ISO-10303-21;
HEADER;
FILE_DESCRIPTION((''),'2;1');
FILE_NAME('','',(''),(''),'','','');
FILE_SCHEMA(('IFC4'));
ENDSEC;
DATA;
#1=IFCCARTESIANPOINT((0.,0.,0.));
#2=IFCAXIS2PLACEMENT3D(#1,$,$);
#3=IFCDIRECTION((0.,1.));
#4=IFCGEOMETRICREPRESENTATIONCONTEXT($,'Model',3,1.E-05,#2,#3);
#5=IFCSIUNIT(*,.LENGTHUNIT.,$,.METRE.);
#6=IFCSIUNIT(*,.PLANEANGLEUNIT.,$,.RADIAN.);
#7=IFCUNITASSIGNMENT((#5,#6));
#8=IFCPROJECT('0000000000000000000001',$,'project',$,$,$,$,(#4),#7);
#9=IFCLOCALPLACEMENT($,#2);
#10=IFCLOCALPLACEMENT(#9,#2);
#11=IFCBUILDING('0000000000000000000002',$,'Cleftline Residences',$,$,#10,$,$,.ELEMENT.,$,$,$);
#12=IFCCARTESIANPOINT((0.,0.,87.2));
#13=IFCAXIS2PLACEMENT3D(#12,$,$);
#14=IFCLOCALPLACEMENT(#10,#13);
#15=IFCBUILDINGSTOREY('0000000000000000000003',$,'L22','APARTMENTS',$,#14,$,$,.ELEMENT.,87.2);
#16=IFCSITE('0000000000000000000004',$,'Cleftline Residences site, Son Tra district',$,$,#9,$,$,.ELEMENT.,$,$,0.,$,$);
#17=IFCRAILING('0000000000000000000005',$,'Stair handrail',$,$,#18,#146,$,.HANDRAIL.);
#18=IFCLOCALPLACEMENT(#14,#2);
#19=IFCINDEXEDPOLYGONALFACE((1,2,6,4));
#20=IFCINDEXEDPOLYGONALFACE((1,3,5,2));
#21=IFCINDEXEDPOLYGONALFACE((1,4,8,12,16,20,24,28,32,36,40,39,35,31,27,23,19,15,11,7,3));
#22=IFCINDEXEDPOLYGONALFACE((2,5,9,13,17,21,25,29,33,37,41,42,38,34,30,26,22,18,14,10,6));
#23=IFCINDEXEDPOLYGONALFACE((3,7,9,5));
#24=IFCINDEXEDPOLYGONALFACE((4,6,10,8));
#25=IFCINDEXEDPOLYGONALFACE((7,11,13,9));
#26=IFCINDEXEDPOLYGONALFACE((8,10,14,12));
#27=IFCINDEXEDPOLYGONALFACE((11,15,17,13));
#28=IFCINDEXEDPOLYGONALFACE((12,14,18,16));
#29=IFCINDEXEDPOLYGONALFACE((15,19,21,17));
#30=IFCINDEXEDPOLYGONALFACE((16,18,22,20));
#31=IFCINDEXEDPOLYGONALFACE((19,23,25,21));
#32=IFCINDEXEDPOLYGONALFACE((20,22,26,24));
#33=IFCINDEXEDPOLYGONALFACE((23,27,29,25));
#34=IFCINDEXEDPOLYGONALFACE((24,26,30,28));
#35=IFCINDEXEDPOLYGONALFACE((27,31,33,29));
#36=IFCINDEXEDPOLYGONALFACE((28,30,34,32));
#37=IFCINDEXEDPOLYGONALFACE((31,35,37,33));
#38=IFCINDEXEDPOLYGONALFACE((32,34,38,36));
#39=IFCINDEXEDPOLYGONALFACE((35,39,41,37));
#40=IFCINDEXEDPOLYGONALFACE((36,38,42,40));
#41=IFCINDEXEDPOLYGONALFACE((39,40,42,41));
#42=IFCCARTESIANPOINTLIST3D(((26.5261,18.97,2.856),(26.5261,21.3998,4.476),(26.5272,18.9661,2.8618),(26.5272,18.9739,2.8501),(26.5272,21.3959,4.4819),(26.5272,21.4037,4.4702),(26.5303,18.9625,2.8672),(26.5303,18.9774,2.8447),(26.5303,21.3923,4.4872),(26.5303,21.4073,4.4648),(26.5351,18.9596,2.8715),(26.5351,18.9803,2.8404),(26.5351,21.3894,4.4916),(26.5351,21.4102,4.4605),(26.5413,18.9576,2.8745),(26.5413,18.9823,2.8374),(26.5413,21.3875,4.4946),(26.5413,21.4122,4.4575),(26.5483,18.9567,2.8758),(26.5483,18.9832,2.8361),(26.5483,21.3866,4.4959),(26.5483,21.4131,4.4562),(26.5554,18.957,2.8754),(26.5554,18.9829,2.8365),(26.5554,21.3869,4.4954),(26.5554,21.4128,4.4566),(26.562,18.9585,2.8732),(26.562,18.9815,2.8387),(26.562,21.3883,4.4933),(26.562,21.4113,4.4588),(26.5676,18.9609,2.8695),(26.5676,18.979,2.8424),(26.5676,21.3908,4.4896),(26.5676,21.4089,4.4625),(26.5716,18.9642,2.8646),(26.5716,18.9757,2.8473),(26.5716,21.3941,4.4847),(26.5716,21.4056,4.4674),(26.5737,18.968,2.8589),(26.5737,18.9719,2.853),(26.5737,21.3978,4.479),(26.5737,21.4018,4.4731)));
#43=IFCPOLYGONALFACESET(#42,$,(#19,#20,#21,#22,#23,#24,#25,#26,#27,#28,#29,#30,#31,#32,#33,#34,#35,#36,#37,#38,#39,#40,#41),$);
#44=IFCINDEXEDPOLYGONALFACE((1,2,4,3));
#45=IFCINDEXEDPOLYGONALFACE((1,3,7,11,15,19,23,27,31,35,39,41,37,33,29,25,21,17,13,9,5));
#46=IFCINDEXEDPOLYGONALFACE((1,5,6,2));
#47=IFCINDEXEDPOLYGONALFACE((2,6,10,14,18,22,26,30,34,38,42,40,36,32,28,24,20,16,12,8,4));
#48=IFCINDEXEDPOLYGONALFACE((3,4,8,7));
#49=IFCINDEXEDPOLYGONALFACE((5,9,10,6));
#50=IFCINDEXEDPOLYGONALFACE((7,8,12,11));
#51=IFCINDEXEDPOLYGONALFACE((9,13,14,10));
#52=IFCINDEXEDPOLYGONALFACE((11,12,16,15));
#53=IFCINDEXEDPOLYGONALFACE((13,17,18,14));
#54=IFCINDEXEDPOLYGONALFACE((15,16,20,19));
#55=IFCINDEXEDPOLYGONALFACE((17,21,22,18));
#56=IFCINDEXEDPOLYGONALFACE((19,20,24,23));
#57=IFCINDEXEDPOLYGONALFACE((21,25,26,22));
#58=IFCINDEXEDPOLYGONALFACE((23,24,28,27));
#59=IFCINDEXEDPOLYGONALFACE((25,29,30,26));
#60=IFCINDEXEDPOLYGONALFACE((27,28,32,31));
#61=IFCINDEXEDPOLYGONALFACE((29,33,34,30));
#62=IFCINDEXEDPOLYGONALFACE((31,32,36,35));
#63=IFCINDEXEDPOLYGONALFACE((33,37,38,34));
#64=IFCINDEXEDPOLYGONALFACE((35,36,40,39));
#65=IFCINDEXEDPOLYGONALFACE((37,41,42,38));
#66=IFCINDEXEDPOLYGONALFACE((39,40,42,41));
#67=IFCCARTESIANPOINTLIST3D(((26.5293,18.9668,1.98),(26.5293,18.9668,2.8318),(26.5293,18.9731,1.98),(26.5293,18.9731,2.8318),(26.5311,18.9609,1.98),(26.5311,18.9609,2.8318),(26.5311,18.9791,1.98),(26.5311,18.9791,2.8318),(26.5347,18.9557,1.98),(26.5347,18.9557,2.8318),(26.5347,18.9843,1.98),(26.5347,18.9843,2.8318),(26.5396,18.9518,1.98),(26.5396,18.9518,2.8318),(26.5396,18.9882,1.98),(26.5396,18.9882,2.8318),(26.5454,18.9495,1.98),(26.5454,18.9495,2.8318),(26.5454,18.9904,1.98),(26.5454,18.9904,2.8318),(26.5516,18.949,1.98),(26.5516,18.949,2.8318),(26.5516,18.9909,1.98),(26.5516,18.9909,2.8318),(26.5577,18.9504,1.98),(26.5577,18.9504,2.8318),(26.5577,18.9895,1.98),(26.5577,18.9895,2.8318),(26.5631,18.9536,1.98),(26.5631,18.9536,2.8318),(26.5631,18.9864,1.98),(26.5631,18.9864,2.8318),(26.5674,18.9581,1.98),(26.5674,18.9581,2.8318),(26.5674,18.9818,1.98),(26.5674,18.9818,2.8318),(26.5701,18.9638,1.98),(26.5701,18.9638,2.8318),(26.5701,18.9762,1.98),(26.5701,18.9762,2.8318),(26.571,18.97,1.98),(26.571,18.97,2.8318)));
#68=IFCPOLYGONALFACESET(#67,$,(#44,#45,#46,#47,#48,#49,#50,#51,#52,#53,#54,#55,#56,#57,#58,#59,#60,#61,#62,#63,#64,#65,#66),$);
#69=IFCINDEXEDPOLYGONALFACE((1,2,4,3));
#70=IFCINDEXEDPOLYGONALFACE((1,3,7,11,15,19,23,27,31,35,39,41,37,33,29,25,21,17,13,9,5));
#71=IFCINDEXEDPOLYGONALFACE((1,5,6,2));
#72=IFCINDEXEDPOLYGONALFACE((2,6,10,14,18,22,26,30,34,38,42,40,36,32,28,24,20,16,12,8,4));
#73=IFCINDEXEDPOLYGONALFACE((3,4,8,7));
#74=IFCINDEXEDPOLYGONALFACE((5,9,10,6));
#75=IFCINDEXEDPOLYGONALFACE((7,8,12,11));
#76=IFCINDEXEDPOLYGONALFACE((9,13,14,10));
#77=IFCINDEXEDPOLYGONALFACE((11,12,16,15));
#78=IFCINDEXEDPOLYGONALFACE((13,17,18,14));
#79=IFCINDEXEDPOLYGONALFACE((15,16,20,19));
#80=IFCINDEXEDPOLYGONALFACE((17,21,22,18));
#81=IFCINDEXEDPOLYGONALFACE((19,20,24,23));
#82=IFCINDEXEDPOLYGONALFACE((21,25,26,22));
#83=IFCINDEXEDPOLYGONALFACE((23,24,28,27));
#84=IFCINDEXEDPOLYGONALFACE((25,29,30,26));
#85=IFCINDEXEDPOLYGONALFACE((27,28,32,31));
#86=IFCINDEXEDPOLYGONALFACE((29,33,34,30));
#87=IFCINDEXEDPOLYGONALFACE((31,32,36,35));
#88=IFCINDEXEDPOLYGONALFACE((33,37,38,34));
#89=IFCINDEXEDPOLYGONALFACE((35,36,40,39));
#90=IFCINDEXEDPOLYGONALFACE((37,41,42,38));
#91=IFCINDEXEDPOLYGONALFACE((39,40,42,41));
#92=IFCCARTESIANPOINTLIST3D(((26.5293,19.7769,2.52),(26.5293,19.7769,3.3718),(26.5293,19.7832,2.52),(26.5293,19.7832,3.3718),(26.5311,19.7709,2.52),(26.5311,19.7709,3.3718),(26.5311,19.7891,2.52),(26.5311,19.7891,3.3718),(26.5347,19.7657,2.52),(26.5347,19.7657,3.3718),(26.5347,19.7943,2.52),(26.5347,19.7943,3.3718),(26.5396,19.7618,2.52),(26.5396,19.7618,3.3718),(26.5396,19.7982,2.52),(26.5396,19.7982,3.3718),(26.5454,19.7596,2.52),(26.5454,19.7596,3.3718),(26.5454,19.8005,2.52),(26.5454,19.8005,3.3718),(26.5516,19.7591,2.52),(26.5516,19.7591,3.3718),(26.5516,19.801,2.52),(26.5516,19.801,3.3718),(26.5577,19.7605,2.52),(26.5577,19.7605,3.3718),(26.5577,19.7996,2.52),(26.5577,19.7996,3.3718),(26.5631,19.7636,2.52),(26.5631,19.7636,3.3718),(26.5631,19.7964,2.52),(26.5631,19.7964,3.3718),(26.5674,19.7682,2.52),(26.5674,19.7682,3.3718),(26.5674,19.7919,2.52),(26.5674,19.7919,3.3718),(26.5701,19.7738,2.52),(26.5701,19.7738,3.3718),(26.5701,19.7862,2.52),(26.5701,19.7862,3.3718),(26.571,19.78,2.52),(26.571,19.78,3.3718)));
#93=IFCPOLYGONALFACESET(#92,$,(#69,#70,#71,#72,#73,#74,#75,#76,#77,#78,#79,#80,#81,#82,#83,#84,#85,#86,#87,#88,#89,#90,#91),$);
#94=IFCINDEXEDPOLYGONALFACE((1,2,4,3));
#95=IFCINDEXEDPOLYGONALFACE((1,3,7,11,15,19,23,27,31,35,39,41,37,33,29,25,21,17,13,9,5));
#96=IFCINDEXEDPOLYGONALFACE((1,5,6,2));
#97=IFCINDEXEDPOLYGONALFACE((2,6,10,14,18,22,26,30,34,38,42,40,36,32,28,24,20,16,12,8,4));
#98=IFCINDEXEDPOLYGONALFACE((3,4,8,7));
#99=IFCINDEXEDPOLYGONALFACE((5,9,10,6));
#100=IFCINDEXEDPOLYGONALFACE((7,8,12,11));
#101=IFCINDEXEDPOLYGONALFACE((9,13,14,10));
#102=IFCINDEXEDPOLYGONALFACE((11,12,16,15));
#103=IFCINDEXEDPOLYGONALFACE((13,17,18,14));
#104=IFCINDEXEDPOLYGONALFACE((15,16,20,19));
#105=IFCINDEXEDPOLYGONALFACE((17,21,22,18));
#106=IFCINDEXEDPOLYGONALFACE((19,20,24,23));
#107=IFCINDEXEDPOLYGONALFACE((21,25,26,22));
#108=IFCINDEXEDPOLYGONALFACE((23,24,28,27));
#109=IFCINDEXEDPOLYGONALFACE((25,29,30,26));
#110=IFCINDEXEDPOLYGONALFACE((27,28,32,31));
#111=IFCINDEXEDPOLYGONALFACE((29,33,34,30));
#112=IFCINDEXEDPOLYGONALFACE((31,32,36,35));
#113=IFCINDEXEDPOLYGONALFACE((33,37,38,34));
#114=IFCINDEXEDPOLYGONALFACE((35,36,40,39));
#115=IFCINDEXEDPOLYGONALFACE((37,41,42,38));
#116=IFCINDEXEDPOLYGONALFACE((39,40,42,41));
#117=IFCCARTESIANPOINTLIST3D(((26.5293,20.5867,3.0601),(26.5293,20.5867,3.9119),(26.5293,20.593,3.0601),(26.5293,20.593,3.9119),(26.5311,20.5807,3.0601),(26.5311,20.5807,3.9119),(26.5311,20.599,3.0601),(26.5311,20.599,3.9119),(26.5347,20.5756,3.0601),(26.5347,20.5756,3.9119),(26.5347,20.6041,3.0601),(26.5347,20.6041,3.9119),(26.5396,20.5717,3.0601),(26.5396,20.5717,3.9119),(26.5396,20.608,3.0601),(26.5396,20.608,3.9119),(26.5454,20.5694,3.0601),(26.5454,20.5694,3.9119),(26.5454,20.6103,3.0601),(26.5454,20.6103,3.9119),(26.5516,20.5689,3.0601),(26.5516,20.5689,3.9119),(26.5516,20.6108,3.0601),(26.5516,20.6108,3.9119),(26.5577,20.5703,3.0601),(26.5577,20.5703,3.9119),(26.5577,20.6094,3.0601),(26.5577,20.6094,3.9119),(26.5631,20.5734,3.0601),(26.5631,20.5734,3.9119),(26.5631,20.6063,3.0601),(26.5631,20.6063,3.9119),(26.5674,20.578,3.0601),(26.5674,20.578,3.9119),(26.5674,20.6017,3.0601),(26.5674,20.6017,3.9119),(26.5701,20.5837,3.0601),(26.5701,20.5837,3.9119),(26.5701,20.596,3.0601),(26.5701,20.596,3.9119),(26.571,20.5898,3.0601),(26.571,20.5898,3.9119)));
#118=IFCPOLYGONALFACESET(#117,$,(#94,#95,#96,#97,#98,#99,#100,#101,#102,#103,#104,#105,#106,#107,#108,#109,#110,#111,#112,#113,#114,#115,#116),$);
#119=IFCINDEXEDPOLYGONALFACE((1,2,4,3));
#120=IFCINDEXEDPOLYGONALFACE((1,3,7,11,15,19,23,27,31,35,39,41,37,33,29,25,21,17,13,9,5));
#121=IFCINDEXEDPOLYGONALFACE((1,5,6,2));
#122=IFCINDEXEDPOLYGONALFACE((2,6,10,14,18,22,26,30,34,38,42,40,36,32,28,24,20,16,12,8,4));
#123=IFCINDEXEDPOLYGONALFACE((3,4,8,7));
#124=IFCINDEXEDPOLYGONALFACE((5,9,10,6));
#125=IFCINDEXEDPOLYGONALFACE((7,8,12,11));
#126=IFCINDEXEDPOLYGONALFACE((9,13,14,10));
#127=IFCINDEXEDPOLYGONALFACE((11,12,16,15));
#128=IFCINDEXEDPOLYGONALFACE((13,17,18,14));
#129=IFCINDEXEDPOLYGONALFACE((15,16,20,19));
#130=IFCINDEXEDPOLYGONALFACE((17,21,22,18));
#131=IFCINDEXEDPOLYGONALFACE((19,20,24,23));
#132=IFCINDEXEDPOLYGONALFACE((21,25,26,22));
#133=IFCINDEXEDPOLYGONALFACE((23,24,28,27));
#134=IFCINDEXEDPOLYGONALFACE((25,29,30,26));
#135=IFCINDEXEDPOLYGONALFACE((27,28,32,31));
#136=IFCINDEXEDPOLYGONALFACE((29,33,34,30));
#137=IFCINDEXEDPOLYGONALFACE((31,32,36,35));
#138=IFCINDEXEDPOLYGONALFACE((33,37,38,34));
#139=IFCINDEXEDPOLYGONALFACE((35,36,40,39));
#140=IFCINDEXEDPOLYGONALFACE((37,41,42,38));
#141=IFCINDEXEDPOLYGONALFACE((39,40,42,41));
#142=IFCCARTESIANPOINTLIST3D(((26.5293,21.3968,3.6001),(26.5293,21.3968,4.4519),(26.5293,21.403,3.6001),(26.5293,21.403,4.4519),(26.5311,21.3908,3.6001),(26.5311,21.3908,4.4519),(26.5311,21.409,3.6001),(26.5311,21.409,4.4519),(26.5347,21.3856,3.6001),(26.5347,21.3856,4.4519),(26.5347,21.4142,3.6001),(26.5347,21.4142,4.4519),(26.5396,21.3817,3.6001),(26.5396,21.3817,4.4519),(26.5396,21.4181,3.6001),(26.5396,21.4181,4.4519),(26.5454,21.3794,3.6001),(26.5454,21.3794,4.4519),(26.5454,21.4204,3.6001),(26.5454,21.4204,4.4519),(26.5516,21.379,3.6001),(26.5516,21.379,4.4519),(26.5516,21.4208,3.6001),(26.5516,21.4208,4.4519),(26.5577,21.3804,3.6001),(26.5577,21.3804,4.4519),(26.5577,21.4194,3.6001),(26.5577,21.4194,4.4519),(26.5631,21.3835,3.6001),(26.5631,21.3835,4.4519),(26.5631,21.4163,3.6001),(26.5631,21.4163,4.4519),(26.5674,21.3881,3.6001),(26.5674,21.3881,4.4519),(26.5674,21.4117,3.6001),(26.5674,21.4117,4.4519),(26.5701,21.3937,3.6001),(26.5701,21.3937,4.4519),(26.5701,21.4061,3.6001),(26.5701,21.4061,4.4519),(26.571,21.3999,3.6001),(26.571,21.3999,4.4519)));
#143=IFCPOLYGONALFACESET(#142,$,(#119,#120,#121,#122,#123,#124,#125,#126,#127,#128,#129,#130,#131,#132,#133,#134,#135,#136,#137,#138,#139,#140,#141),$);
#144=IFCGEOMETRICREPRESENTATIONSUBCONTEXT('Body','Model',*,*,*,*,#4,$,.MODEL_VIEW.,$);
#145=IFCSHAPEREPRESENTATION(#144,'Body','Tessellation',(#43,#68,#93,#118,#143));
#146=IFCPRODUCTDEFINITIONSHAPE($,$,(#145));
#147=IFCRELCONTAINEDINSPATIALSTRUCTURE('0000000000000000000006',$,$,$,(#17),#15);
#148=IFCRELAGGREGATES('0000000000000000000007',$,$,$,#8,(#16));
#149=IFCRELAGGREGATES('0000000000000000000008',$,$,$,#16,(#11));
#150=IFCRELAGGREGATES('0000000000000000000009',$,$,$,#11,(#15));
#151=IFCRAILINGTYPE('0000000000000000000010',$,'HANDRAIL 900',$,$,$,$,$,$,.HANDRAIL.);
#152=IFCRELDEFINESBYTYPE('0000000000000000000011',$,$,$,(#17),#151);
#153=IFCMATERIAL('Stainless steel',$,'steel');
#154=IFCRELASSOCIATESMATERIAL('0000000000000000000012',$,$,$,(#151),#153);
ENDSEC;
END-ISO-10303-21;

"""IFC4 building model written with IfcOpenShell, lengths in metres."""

from ifc_helpers import new_model, si_unit, direction, frame, origin, origin_2d, place, context, subcontext, project, spatial, circle, extrude, material, type_object, element, save


model = new_model("IFC4")

# Units and contexts
model_context = context("Model", 3, precision=1e-05, world=origin(), true_north=direction((0.0, 1.0)))
body_context = subcontext(model_context, "Body", "Model", "MODEL_VIEW")
ifc_project = project(units=[si_unit("LENGTHUNIT", "METRE"), si_unit("PLANEANGLEUNIT", "RADIAN")], contexts=[model_context])

# Site, building, storey
site_placement = place(None, origin())
site = spatial("IfcSite", under=ifc_project, at=site_placement, Name="Cleftline Residences site, Son Tra district", CompositionType="ELEMENT", RefElevation=0.0)
building_placement = place(site_placement, origin())
building = spatial("IfcBuilding", under=site, at=building_placement, Name="Cleftline Residences", CompositionType="ELEMENT")
storey_placement = place(building_placement, frame((0.0, 0.0, 87.2)))
storey = spatial("IfcBuildingStorey", under=building, at=storey_placement, Name="L22", Description="APARTMENTS", CompositionType="ELEMENT", Elevation=87.2)

# Railing
ifc_material_1 = material(Name="Stainless steel", Category="steel")
railing_type = type_object("IfcRailingType", Name="HANDRAIL 900", PredefinedType="HANDRAIL", material=ifc_material_1)
railing_1_placement = place(storey_placement, frame((26.55, 18.97, 1.98)))
element("IfcRailing", 1, at=railing_1_placement, inside=storey, type_object=railing_type, Name="Stair handrail", PredefinedType="HANDRAIL", context=body_context, shape_type="SweptSolid", body=[
    extrude(circle(Radius=0.0239, at=origin_2d()), frame((0.0, 0.0, 0.876), z_axis=(0.0, 0.832025, 0.554739), x_axis=(-1.0, 0.0, 0.0)), (0.0, 0.0, 1.0), 2.9204),
    extrude(circle(Radius=0.021, at=origin_2d()), origin(), (0.0, 0.0, 1.0), 0.8518),
    extrude(circle(Radius=0.021, at=origin_2d()), frame((0.0, 0.8101, 0.54)), (0.0, 0.0, 1.0), 0.8518),
    extrude(circle(Radius=0.021, at=origin_2d()), frame((0.0, 1.6199, 1.0801)), (0.0, 0.0, 1.0), 0.8518),
    extrude(circle(Radius=0.021, at=origin_2d()), frame((0.0, 2.4299, 1.6201)), (0.0, 0.0, 1.0), 0.8518),
])

save(model, "model.ifc")
